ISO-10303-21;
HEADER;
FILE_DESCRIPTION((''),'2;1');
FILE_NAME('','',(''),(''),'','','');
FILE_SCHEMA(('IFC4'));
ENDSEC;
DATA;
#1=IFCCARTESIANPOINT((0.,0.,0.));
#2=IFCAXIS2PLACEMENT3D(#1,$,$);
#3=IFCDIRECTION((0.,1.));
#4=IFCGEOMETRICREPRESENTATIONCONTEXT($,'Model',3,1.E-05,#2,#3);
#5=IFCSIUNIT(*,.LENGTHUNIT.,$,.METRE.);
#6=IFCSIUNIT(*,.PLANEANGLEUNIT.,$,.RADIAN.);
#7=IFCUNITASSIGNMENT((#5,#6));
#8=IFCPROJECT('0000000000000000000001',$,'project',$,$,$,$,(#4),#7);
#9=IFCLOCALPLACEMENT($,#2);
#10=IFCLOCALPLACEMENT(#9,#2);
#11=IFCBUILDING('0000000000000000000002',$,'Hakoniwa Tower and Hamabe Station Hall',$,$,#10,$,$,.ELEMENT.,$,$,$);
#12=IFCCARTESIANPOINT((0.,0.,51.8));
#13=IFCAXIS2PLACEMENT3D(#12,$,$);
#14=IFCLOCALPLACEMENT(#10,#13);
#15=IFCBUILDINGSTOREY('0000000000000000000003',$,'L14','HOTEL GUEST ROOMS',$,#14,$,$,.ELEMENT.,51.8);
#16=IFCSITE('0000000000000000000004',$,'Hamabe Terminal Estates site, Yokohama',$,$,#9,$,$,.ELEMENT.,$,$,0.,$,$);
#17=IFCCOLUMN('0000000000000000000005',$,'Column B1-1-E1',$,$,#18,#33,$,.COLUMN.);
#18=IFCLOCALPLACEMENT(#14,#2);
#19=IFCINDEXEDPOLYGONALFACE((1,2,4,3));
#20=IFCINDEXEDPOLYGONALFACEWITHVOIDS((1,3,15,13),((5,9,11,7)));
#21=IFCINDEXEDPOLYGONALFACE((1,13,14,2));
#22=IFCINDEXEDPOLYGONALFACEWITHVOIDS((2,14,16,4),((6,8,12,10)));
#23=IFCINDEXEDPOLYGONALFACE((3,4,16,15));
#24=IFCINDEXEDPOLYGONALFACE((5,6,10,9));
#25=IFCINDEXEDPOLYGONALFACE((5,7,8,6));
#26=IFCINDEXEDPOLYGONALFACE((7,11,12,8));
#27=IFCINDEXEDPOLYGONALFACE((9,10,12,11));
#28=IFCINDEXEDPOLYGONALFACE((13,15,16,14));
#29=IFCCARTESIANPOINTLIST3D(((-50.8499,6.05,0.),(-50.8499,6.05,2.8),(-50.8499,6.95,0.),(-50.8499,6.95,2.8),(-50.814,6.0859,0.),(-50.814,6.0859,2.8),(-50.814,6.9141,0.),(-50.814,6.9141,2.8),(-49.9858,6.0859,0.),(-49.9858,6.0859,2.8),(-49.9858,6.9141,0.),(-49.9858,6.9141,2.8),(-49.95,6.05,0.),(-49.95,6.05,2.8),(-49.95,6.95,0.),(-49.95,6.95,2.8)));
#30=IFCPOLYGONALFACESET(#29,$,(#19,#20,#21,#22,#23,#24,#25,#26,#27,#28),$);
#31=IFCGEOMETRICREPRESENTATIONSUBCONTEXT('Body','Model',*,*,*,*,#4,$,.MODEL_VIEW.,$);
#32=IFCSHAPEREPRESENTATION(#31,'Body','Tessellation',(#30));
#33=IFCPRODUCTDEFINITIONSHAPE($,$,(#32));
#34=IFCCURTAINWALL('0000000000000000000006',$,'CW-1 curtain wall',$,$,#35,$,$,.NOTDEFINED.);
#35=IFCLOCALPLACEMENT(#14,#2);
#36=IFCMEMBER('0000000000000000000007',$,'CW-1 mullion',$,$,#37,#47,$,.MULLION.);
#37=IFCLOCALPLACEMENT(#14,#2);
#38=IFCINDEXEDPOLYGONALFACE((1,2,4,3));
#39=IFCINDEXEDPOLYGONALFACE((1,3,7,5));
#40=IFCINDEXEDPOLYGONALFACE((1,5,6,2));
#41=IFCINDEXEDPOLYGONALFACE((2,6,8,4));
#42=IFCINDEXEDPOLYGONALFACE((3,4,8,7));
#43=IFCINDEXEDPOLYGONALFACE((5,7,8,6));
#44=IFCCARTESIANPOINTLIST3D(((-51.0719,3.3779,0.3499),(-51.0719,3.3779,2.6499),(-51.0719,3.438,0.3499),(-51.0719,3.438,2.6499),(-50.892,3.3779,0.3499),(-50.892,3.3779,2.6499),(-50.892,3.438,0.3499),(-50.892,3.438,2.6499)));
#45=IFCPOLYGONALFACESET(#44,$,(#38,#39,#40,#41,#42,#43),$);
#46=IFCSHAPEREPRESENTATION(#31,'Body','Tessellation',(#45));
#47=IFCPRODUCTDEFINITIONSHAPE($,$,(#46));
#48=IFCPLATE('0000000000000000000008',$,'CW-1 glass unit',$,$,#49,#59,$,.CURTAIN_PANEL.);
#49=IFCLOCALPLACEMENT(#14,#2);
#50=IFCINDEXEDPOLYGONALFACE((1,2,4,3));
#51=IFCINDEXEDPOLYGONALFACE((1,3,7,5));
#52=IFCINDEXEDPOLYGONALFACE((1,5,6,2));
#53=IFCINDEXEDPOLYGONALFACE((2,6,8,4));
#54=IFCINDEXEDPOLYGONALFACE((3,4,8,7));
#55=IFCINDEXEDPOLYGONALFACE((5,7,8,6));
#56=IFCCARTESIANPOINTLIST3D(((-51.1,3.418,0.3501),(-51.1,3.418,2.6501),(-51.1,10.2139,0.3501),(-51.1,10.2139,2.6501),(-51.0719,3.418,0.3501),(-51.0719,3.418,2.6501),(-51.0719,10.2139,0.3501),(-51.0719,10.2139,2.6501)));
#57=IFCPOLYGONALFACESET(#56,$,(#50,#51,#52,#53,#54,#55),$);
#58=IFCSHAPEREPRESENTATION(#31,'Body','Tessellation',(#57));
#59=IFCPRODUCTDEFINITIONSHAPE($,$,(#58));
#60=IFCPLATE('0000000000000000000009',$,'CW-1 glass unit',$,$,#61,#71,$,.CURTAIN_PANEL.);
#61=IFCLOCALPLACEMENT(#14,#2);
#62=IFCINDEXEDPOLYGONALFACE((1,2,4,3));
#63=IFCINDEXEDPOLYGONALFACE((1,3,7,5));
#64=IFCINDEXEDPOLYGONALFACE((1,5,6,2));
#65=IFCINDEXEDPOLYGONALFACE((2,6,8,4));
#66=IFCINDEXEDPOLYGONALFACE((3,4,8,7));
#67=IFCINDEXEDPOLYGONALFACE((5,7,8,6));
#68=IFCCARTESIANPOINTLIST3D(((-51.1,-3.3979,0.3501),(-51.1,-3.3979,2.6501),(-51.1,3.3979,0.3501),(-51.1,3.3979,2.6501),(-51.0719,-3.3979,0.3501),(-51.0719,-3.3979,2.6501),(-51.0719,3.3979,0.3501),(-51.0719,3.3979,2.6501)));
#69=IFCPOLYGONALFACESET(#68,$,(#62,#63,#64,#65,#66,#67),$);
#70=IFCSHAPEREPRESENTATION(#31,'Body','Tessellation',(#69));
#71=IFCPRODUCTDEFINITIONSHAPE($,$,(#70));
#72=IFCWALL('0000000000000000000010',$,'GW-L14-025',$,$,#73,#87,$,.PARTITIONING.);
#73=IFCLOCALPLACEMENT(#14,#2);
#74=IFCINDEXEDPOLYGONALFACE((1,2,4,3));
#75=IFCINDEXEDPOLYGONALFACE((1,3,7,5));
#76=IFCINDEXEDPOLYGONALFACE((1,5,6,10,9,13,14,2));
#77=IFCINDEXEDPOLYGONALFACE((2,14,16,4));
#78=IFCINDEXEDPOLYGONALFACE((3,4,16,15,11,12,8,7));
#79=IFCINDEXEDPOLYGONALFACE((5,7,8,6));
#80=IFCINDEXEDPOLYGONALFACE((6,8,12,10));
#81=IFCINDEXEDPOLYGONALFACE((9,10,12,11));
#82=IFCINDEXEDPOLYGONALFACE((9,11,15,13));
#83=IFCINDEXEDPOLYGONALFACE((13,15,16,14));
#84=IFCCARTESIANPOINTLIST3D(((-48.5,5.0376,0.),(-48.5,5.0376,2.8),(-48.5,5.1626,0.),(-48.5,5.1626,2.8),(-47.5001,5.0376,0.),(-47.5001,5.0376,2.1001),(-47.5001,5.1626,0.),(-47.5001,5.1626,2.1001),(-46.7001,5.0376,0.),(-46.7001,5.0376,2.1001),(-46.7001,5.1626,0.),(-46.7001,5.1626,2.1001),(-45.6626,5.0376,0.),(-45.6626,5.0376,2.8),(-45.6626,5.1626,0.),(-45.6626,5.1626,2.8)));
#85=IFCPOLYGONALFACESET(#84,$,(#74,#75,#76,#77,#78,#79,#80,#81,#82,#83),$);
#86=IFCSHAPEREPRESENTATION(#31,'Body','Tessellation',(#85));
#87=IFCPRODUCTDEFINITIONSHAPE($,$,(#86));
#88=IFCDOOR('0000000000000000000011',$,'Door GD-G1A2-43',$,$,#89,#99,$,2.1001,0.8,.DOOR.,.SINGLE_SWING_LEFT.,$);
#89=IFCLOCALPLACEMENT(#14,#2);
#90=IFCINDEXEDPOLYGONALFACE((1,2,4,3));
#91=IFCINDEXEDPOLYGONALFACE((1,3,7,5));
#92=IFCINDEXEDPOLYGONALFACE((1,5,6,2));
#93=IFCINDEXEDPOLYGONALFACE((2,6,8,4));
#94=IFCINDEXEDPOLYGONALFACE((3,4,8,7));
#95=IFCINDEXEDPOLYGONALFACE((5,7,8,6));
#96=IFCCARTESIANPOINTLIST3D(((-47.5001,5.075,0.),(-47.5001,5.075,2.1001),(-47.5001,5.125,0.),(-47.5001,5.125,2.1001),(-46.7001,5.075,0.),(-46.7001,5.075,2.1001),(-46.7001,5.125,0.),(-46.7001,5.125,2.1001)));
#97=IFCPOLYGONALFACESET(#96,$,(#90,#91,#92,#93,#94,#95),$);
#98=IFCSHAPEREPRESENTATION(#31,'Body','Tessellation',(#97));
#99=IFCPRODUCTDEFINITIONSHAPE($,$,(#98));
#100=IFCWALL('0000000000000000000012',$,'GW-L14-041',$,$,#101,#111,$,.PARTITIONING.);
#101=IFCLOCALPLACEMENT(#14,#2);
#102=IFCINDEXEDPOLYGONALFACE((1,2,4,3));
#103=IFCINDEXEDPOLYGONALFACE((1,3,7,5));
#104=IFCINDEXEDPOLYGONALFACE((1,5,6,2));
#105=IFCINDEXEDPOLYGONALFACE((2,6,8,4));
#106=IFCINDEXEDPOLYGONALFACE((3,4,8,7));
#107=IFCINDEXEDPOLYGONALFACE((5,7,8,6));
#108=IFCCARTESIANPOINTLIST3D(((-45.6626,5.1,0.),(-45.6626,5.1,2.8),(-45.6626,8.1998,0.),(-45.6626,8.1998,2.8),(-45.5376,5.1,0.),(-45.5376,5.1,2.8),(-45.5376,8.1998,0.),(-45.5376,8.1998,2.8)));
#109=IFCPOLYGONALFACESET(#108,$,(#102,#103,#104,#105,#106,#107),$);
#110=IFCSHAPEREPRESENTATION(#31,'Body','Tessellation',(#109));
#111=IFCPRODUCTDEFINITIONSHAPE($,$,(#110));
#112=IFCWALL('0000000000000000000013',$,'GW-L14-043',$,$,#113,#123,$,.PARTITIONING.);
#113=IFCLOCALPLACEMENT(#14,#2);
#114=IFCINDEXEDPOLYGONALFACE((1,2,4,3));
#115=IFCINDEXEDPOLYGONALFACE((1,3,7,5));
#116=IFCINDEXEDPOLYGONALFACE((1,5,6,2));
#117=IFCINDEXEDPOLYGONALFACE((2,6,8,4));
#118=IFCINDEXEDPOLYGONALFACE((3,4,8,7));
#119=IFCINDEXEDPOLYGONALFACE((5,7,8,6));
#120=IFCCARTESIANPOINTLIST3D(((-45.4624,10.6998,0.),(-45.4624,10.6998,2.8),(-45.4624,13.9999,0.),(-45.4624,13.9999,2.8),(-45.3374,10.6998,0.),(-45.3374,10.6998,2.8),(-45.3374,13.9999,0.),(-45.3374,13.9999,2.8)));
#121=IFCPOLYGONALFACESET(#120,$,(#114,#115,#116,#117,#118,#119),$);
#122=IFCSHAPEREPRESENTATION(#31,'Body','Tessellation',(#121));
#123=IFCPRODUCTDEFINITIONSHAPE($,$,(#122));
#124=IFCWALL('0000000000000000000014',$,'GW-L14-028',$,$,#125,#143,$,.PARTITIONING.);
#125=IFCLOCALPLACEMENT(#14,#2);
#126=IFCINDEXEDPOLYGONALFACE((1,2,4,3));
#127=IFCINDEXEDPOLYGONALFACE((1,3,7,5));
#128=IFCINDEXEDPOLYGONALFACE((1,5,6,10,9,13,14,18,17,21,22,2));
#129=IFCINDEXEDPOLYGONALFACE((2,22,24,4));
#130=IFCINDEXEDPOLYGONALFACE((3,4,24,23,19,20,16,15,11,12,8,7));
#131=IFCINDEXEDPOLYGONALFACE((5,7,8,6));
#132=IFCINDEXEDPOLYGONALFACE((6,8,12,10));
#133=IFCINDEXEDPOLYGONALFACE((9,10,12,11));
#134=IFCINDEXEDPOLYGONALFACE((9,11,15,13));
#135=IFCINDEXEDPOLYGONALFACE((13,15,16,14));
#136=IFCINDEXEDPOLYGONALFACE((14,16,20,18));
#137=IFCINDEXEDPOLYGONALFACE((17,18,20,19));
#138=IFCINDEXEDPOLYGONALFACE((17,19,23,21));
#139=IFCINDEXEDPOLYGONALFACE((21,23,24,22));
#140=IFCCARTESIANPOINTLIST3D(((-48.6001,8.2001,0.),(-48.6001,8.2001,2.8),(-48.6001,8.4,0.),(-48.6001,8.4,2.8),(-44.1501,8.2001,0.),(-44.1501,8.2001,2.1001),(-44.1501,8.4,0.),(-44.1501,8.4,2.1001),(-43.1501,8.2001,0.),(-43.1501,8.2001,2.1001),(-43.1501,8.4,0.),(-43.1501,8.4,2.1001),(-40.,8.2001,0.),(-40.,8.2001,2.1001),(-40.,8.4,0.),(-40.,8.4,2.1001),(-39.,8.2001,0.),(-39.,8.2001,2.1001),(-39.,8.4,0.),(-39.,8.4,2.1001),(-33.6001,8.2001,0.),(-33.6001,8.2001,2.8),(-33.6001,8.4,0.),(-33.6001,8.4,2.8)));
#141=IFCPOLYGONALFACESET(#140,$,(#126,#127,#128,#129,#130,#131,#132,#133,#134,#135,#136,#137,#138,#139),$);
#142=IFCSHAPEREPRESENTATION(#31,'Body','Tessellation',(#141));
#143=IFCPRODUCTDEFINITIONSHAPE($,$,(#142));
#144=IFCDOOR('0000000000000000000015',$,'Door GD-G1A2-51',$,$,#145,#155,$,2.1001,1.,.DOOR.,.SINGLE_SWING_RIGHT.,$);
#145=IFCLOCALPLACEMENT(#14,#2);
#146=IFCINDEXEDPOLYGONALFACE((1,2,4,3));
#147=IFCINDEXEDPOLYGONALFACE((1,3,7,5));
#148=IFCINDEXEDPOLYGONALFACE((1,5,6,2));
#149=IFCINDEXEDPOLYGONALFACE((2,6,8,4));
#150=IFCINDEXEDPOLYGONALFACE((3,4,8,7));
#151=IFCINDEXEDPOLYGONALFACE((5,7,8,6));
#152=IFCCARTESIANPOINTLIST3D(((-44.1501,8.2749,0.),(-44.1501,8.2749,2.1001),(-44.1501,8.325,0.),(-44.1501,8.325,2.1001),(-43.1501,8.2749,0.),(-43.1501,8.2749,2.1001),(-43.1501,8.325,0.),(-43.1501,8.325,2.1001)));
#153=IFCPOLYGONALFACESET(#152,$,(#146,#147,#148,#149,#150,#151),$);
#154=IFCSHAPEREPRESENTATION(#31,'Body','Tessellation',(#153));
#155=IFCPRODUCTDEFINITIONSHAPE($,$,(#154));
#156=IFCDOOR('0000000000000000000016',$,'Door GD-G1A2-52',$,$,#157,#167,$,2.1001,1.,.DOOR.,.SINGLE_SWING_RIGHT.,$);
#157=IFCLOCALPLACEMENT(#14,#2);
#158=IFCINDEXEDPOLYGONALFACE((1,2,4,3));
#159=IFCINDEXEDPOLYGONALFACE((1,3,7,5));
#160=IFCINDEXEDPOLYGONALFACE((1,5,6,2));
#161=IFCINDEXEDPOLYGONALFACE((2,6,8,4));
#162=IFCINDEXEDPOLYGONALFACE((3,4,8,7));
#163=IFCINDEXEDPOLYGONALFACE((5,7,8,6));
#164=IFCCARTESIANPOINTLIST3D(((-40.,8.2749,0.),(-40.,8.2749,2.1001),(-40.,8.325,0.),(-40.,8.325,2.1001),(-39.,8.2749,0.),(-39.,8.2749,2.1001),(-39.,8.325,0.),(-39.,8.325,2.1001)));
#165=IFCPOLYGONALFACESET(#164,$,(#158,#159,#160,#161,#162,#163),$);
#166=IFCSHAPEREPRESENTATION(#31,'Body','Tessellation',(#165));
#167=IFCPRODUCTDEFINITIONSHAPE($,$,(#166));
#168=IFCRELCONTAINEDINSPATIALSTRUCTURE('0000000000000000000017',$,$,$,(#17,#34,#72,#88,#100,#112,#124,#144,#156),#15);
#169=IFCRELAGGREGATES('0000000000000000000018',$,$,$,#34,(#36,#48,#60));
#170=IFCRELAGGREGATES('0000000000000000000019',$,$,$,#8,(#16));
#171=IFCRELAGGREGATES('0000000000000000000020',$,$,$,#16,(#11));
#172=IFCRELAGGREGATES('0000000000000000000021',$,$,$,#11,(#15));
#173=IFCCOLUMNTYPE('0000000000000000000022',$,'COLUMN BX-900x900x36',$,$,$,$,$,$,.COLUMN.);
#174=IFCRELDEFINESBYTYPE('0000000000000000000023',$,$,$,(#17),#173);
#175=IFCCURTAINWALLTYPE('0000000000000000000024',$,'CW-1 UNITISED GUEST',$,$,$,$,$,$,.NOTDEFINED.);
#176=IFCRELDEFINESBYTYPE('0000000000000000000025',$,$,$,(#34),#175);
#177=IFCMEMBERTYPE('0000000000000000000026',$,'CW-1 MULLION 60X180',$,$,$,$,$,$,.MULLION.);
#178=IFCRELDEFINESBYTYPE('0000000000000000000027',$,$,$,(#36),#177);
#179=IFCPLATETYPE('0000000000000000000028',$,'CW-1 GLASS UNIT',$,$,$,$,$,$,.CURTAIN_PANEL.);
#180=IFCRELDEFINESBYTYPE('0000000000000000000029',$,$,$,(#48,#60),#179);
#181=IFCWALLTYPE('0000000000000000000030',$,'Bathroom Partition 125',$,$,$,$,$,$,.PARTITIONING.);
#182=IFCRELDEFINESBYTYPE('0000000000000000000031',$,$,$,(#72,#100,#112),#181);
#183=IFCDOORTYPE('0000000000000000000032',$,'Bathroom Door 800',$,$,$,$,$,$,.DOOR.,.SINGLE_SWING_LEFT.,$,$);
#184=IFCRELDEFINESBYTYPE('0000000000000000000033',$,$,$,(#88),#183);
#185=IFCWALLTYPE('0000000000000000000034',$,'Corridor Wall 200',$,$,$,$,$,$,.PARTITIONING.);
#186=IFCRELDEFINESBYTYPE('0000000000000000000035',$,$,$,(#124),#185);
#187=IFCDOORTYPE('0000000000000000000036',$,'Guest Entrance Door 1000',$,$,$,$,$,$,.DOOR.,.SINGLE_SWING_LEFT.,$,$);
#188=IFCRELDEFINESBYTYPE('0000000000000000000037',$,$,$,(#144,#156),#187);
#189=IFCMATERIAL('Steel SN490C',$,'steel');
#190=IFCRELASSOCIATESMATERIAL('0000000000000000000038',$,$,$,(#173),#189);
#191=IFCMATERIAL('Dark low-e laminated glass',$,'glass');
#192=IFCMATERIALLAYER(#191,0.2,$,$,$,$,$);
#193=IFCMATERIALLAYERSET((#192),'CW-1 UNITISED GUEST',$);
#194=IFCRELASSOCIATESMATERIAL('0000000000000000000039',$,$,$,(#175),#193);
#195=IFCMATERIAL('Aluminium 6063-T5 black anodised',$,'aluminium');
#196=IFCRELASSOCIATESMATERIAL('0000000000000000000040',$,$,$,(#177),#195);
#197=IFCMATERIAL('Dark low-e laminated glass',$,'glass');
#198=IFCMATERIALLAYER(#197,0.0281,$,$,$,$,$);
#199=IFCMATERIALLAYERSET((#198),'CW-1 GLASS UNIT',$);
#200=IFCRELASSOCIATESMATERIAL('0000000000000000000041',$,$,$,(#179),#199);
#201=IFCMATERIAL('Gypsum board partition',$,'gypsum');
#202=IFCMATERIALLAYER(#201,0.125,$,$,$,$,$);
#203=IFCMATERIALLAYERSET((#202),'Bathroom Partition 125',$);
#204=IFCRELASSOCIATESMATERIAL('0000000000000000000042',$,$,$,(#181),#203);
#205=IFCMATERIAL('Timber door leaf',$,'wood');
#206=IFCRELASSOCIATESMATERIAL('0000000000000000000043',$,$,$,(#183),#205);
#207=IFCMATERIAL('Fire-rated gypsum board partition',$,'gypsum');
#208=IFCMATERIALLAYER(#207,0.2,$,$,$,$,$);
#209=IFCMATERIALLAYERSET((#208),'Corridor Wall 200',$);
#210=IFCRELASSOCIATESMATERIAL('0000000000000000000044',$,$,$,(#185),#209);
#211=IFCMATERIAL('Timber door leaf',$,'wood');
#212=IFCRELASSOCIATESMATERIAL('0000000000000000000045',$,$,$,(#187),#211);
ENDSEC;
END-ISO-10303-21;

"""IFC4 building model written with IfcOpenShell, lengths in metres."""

from ifc_helpers import new_model, si_unit, direction, frame, frame_2d, origin, origin_2d, place, context, subcontext, project, spatial, rectangle, hollow_rectangle, extrude, material, layer, layer_set, material_profile, profile_set, type_object, element, fill, aggregate, save


model = new_model("IFC4")

# Units and contexts
model_context = context("Model", 3, precision=1e-05, world=origin(), true_north=direction((0.0, 1.0)))
body_context = subcontext(model_context, "Body", "Model", "MODEL_VIEW")
ifc_project = project(units=[si_unit("LENGTHUNIT", "METRE"), si_unit("PLANEANGLEUNIT", "RADIAN")], contexts=[model_context])

# Site, building, storey
site_placement = place(None, origin())
site = spatial("IfcSite", under=ifc_project, at=site_placement, Name="Hamabe Terminal Estates site, Yokohama", CompositionType="ELEMENT", RefElevation=0.0)
building_placement = place(site_placement, origin())
building = spatial("IfcBuilding", under=site, at=building_placement, Name="Hakoniwa Tower and Hamabe Station Hall", CompositionType="ELEMENT")
storey_placement = place(building_placement, frame((0.0, 0.0, 51.8)))
storey = spatial("IfcBuildingStorey", under=building, at=storey_placement, Name="L14", Description="HOTEL GUEST ROOMS", CompositionType="ELEMENT", Elevation=51.8)

# Column
ifc_material_1 = material(Name="Steel SN490C", Category="steel")
ifc_material_profile_1 = material_profile(ifc_material_1, hollow_rectangle(XDim=0.8999, YDim=0.8999, WallThickness=0.0359, at=origin_2d()), Name="BX-900x900x36")
ifc_profile_set_1 = profile_set([ifc_material_profile_1], Name="Steel SN490C")
column_type = type_object("IfcColumnType", Name="COLUMN BX-900x900x36", PredefinedType="COLUMN", material=ifc_profile_set_1)
column_placement = place(storey_placement, frame((-50.3999, 6.5, 0.0), z_axis=(0.0, 0.0, 1.0), x_axis=(1.0, 0.0, 0.0)))
element("IfcColumn", 1, at=column_placement, inside=storey, type_object=column_type, Name="Column B1-1-E1", PredefinedType="COLUMN", context=body_context, shape_type="SweptSolid", body=[
    extrude(hollow_rectangle(XDim=0.8999, YDim=0.8999, WallThickness=0.0359, at=origin_2d()), origin(), (0.0, 0.0, 1.0), 2.8),
])

# Curtain wall, member, plates
ifc_material_2 = material(Name="Dark low-e laminated glass", Category="glass")
ifc_layer_1 = layer(ifc_material_2, 0.2)
ifc_layer_set_1 = layer_set([ifc_layer_1], Name="CW-1 UNITISED GUEST")
curtain_wall_type = type_object("IfcCurtainWallType", Name="CW-1 UNITISED GUEST", PredefinedType="NOTDEFINED", material=ifc_layer_set_1)
curtain_wall_placement = place(storey_placement, origin())
curtain_wall = element("IfcCurtainWall", 2, at=curtain_wall_placement, inside=storey, type_object=curtain_wall_type, Name="CW-1 curtain wall", PredefinedType="NOTDEFINED")
ifc_material_3 = material(Name="Aluminium 6063-T5 black anodised", Category="aluminium")
ifc_material_profile_2 = material_profile(ifc_material_3, rectangle(XDim=0.0601, YDim=0.1799, at=origin_2d()), Name="CW-1 MULLION 60X180")
ifc_profile_set_2 = profile_set([ifc_material_profile_2], Name="Aluminium 6063-T5 black anodised")
member_type = type_object("IfcMemberType", Name="CW-1 MULLION 60X180", PredefinedType="MULLION", material=ifc_profile_set_2)
member_placement = place(storey_placement, frame((-50.9819, 3.408, 0.3499), z_axis=(0.0, 0.0, 1.0), x_axis=(0.0, -1.0, 0.0)))
member = element("IfcMember", 3, at=member_placement, type_object=member_type, Name="CW-1 mullion", PredefinedType="MULLION", context=body_context, shape_type="SweptSolid", body=[
    extrude(rectangle(XDim=0.0601, YDim=0.1799, at=origin_2d()), origin(), (0.0, 0.0, 1.0), 2.3),
])
ifc_material_4 = material(Name="Dark low-e laminated glass", Category="glass")
ifc_layer_2 = layer(ifc_material_4, 0.0281)
ifc_layer_set_2 = layer_set([ifc_layer_2], Name="CW-1 GLASS UNIT")
plate_type = type_object("IfcPlateType", Name="CW-1 GLASS UNIT", PredefinedType="CURTAIN_PANEL", material=ifc_layer_set_2)
plate_1_placement = place(storey_placement, frame((-51.0859, 6.8159, 0.3501), z_axis=(0.0, 0.0, 1.0), x_axis=(0.0, -1.0, 0.0)))
plate_1 = element("IfcPlate", 4, at=plate_1_placement, type_object=plate_type, Name="CW-1 glass unit", PredefinedType="CURTAIN_PANEL", context=body_context, shape_type="SweptSolid", body=[
    extrude(rectangle(XDim=6.7959, YDim=0.0281, at=origin_2d()), origin(), (0.0, 0.0, 1.0), 2.3),
])
plate_2_placement = place(storey_placement, frame((-51.0859, 0.0, 0.3501), z_axis=(0.0, 0.0, 1.0), x_axis=(0.0, -1.0, 0.0)))
plate_2 = element("IfcPlate", 5, at=plate_2_placement, type_object=plate_type, Name="CW-1 glass unit", PredefinedType="CURTAIN_PANEL", context=body_context, shape_type="SweptSolid", body=[
    extrude(rectangle(XDim=6.7959, YDim=0.0281, at=origin_2d()), origin(), (0.0, 0.0, 1.0), 2.3),
])
aggregate(curtain_wall, [member, plate_1, plate_2])

# Wall, opening, door
ifc_material_5 = material(Name="Gypsum board partition", Category="gypsum")
ifc_layer_3 = layer(ifc_material_5, 0.125)
ifc_layer_set_3 = layer_set([ifc_layer_3], Name="Bathroom Partition 125")
wall_type_1 = type_object("IfcWallType", Name="Bathroom Partition 125", PredefinedType="PARTITIONING", material=ifc_layer_set_3)
wall_1_placement = place(storey_placement, frame((-48.5, 5.1001, 0.0), z_axis=(0.0, 0.0, 1.0), x_axis=(1.0, 0.0, 0.0)))
wall_1 = element("IfcWall", 6, at=wall_1_placement, inside=storey, type_object=wall_type_1, Name="GW-L14-025", PredefinedType="PARTITIONING", context=body_context, shape_type="SweptSolid", body=[
    extrude(rectangle(XDim=2.8374, YDim=0.125, at=frame_2d((1.4187, 0.0))), origin(), (0.0, 0.0, 1.0), 2.8),
])
opening_1_placement = place(wall_1_placement, frame((1.0, 0.0, 0.0)))
opening_1 = element("IfcOpeningElement", 7, at=opening_1_placement, cuts=wall_1, PredefinedType="OPENING", context=body_context, shape_type="SweptSolid", body=[
    extrude(rectangle(XDim=0.8, YDim=2.1001, at=frame_2d((0.3999, 1.05))), frame((0.0, 0.0725, 0.0), z_axis=(0.0, -1.0, 0.0), x_axis=(1.0, 0.0, 0.0)), (0.0, 0.0, 1.0), 0.145),
])
ifc_material_6 = material(Name="Timber door leaf", Category="wood")
door_type_1 = type_object("IfcDoorType", Name="Bathroom Door 800", OperationType="SINGLE_SWING_LEFT", PredefinedType="DOOR", material=ifc_material_6)
door_1_placement = place(opening_1_placement, origin())
door_1 = element("IfcDoor", 8, at=door_1_placement, inside=storey, type_object=door_type_1, Name="Door GD-G1A2-43", OperationType="SINGLE_SWING_LEFT", OverallHeight=2.1001, OverallWidth=0.8, PredefinedType="DOOR", context=body_context, shape_type="SweptSolid", body=[
    extrude(rectangle(XDim=0.8, YDim=2.1001, at=frame_2d((0.3999, 1.05))), frame((0.0, 0.0249, 0.0), z_axis=(0.0, -1.0, 0.0), x_axis=(1.0, 0.0, 0.0)), (0.0, 0.0, 1.0), 0.05),
])
fill(opening_1, door_1)

# Walls
wall_2_placement = place(storey_placement, frame((-45.6001, 5.1001, 0.0), z_axis=(0.0, 0.0, 1.0), x_axis=(0.0, 1.0, 0.0)))
element("IfcWall", 9, at=wall_2_placement, inside=storey, type_object=wall_type_1, Name="GW-L14-041", PredefinedType="PARTITIONING", context=body_context, shape_type="SweptSolid", body=[
    extrude(rectangle(XDim=3.0999, YDim=0.125, at=frame_2d((1.5498, 0.0))), origin(), (0.0, 0.0, 1.0), 2.8),
])
wall_3_placement = place(storey_placement, frame((-45.3999, 10.7, 0.0), z_axis=(0.0, 0.0, 1.0), x_axis=(0.0, 1.0, 0.0)))
element("IfcWall", 10, at=wall_3_placement, inside=storey, type_object=wall_type_1, Name="GW-L14-043", PredefinedType="PARTITIONING", context=body_context, shape_type="SweptSolid", body=[
    extrude(rectangle(XDim=3.3, YDim=0.125, at=frame_2d((1.6499, 0.0))), origin(), (0.0, 0.0, 1.0), 2.8),
])

# Wall, openings, doors
ifc_material_7 = material(Name="Fire-rated gypsum board partition", Category="gypsum")
ifc_layer_4 = layer(ifc_material_7, 0.2)
ifc_layer_set_4 = layer_set([ifc_layer_4], Name="Corridor Wall 200")
wall_type_2 = type_object("IfcWallType", Name="Corridor Wall 200", PredefinedType="PARTITIONING", material=ifc_layer_set_4)
wall_4_placement = place(storey_placement, frame((-48.6001, 8.3, 0.0), z_axis=(0.0, 0.0, 1.0), x_axis=(1.0, 0.0, 0.0)))
wall_4 = element("IfcWall", 11, at=wall_4_placement, inside=storey, type_object=wall_type_2, Name="GW-L14-028", PredefinedType="PARTITIONING", context=body_context, shape_type="SweptSolid", body=[
    extrude(rectangle(XDim=15.0, YDim=0.2, at=frame_2d((7.5, 0.0))), origin(), (0.0, 0.0, 1.0), 2.8),
])
opening_2_placement = place(wall_4_placement, frame((4.45, 0.0, 0.0)))
opening_2 = element("IfcOpeningElement", 12, at=opening_2_placement, cuts=wall_4, PredefinedType="OPENING", context=body_context, shape_type="SweptSolid", body=[
    extrude(rectangle(XDim=1.0, YDim=2.1001, at=frame_2d((0.5, 1.05))), frame((0.0, 0.1099, 0.0), z_axis=(0.0, -1.0, 0.0), x_axis=(1.0, 0.0, 0.0)), (0.0, 0.0, 1.0), 0.22),
])
opening_3_placement = place(wall_4_placement, frame((8.6001, 0.0, 0.0)))
opening_3 = element("IfcOpeningElement", 13, at=opening_3_placement, cuts=wall_4, PredefinedType="OPENING", context=body_context, shape_type="SweptSolid", body=[
    extrude(rectangle(XDim=1.0, YDim=2.1001, at=frame_2d((0.5, 1.05))), frame((0.0, 0.1099, 0.0), z_axis=(0.0, -1.0, 0.0), x_axis=(1.0, 0.0, 0.0)), (0.0, 0.0, 1.0), 0.22),
])
ifc_material_8 = material(Name="Timber door leaf", Category="wood")
door_type_2 = type_object("IfcDoorType", Name="Guest Entrance Door 1000", OperationType="SINGLE_SWING_LEFT", PredefinedType="DOOR", material=ifc_material_8)
door_2_placement = place(opening_2_placement, origin())
door_2 = element("IfcDoor", 14, at=door_2_placement, inside=storey, type_object=door_type_2, Name="Door GD-G1A2-51", OperationType="SINGLE_SWING_RIGHT", OverallHeight=2.1001, OverallWidth=1.0, PredefinedType="DOOR", context=body_context, shape_type="SweptSolid", body=[
    extrude(rectangle(XDim=1.0, YDim=2.1001, at=frame_2d((0.5, 1.05))), frame((0.0, 0.0249, 0.0), z_axis=(0.0, -1.0, 0.0), x_axis=(1.0, 0.0, 0.0)), (0.0, 0.0, 1.0), 0.05),
])
fill(opening_2, door_2)
door_3_placement = place(opening_3_placement, origin())
door_3 = element("IfcDoor", 15, at=door_3_placement, inside=storey, type_object=door_type_2, Name="Door GD-G1A2-52", OperationType="SINGLE_SWING_RIGHT", OverallHeight=2.1001, OverallWidth=1.0, PredefinedType="DOOR", context=body_context, shape_type="SweptSolid", body=[
    extrude(rectangle(XDim=1.0, YDim=2.1001, at=frame_2d((0.5, 1.05))), frame((0.0, 0.0249, 0.0), z_axis=(0.0, -1.0, 0.0), x_axis=(1.0, 0.0, 0.0)), (0.0, 0.0, 1.0), 0.05),
])
fill(opening_3, door_3)

save(model, "model.ifc")
